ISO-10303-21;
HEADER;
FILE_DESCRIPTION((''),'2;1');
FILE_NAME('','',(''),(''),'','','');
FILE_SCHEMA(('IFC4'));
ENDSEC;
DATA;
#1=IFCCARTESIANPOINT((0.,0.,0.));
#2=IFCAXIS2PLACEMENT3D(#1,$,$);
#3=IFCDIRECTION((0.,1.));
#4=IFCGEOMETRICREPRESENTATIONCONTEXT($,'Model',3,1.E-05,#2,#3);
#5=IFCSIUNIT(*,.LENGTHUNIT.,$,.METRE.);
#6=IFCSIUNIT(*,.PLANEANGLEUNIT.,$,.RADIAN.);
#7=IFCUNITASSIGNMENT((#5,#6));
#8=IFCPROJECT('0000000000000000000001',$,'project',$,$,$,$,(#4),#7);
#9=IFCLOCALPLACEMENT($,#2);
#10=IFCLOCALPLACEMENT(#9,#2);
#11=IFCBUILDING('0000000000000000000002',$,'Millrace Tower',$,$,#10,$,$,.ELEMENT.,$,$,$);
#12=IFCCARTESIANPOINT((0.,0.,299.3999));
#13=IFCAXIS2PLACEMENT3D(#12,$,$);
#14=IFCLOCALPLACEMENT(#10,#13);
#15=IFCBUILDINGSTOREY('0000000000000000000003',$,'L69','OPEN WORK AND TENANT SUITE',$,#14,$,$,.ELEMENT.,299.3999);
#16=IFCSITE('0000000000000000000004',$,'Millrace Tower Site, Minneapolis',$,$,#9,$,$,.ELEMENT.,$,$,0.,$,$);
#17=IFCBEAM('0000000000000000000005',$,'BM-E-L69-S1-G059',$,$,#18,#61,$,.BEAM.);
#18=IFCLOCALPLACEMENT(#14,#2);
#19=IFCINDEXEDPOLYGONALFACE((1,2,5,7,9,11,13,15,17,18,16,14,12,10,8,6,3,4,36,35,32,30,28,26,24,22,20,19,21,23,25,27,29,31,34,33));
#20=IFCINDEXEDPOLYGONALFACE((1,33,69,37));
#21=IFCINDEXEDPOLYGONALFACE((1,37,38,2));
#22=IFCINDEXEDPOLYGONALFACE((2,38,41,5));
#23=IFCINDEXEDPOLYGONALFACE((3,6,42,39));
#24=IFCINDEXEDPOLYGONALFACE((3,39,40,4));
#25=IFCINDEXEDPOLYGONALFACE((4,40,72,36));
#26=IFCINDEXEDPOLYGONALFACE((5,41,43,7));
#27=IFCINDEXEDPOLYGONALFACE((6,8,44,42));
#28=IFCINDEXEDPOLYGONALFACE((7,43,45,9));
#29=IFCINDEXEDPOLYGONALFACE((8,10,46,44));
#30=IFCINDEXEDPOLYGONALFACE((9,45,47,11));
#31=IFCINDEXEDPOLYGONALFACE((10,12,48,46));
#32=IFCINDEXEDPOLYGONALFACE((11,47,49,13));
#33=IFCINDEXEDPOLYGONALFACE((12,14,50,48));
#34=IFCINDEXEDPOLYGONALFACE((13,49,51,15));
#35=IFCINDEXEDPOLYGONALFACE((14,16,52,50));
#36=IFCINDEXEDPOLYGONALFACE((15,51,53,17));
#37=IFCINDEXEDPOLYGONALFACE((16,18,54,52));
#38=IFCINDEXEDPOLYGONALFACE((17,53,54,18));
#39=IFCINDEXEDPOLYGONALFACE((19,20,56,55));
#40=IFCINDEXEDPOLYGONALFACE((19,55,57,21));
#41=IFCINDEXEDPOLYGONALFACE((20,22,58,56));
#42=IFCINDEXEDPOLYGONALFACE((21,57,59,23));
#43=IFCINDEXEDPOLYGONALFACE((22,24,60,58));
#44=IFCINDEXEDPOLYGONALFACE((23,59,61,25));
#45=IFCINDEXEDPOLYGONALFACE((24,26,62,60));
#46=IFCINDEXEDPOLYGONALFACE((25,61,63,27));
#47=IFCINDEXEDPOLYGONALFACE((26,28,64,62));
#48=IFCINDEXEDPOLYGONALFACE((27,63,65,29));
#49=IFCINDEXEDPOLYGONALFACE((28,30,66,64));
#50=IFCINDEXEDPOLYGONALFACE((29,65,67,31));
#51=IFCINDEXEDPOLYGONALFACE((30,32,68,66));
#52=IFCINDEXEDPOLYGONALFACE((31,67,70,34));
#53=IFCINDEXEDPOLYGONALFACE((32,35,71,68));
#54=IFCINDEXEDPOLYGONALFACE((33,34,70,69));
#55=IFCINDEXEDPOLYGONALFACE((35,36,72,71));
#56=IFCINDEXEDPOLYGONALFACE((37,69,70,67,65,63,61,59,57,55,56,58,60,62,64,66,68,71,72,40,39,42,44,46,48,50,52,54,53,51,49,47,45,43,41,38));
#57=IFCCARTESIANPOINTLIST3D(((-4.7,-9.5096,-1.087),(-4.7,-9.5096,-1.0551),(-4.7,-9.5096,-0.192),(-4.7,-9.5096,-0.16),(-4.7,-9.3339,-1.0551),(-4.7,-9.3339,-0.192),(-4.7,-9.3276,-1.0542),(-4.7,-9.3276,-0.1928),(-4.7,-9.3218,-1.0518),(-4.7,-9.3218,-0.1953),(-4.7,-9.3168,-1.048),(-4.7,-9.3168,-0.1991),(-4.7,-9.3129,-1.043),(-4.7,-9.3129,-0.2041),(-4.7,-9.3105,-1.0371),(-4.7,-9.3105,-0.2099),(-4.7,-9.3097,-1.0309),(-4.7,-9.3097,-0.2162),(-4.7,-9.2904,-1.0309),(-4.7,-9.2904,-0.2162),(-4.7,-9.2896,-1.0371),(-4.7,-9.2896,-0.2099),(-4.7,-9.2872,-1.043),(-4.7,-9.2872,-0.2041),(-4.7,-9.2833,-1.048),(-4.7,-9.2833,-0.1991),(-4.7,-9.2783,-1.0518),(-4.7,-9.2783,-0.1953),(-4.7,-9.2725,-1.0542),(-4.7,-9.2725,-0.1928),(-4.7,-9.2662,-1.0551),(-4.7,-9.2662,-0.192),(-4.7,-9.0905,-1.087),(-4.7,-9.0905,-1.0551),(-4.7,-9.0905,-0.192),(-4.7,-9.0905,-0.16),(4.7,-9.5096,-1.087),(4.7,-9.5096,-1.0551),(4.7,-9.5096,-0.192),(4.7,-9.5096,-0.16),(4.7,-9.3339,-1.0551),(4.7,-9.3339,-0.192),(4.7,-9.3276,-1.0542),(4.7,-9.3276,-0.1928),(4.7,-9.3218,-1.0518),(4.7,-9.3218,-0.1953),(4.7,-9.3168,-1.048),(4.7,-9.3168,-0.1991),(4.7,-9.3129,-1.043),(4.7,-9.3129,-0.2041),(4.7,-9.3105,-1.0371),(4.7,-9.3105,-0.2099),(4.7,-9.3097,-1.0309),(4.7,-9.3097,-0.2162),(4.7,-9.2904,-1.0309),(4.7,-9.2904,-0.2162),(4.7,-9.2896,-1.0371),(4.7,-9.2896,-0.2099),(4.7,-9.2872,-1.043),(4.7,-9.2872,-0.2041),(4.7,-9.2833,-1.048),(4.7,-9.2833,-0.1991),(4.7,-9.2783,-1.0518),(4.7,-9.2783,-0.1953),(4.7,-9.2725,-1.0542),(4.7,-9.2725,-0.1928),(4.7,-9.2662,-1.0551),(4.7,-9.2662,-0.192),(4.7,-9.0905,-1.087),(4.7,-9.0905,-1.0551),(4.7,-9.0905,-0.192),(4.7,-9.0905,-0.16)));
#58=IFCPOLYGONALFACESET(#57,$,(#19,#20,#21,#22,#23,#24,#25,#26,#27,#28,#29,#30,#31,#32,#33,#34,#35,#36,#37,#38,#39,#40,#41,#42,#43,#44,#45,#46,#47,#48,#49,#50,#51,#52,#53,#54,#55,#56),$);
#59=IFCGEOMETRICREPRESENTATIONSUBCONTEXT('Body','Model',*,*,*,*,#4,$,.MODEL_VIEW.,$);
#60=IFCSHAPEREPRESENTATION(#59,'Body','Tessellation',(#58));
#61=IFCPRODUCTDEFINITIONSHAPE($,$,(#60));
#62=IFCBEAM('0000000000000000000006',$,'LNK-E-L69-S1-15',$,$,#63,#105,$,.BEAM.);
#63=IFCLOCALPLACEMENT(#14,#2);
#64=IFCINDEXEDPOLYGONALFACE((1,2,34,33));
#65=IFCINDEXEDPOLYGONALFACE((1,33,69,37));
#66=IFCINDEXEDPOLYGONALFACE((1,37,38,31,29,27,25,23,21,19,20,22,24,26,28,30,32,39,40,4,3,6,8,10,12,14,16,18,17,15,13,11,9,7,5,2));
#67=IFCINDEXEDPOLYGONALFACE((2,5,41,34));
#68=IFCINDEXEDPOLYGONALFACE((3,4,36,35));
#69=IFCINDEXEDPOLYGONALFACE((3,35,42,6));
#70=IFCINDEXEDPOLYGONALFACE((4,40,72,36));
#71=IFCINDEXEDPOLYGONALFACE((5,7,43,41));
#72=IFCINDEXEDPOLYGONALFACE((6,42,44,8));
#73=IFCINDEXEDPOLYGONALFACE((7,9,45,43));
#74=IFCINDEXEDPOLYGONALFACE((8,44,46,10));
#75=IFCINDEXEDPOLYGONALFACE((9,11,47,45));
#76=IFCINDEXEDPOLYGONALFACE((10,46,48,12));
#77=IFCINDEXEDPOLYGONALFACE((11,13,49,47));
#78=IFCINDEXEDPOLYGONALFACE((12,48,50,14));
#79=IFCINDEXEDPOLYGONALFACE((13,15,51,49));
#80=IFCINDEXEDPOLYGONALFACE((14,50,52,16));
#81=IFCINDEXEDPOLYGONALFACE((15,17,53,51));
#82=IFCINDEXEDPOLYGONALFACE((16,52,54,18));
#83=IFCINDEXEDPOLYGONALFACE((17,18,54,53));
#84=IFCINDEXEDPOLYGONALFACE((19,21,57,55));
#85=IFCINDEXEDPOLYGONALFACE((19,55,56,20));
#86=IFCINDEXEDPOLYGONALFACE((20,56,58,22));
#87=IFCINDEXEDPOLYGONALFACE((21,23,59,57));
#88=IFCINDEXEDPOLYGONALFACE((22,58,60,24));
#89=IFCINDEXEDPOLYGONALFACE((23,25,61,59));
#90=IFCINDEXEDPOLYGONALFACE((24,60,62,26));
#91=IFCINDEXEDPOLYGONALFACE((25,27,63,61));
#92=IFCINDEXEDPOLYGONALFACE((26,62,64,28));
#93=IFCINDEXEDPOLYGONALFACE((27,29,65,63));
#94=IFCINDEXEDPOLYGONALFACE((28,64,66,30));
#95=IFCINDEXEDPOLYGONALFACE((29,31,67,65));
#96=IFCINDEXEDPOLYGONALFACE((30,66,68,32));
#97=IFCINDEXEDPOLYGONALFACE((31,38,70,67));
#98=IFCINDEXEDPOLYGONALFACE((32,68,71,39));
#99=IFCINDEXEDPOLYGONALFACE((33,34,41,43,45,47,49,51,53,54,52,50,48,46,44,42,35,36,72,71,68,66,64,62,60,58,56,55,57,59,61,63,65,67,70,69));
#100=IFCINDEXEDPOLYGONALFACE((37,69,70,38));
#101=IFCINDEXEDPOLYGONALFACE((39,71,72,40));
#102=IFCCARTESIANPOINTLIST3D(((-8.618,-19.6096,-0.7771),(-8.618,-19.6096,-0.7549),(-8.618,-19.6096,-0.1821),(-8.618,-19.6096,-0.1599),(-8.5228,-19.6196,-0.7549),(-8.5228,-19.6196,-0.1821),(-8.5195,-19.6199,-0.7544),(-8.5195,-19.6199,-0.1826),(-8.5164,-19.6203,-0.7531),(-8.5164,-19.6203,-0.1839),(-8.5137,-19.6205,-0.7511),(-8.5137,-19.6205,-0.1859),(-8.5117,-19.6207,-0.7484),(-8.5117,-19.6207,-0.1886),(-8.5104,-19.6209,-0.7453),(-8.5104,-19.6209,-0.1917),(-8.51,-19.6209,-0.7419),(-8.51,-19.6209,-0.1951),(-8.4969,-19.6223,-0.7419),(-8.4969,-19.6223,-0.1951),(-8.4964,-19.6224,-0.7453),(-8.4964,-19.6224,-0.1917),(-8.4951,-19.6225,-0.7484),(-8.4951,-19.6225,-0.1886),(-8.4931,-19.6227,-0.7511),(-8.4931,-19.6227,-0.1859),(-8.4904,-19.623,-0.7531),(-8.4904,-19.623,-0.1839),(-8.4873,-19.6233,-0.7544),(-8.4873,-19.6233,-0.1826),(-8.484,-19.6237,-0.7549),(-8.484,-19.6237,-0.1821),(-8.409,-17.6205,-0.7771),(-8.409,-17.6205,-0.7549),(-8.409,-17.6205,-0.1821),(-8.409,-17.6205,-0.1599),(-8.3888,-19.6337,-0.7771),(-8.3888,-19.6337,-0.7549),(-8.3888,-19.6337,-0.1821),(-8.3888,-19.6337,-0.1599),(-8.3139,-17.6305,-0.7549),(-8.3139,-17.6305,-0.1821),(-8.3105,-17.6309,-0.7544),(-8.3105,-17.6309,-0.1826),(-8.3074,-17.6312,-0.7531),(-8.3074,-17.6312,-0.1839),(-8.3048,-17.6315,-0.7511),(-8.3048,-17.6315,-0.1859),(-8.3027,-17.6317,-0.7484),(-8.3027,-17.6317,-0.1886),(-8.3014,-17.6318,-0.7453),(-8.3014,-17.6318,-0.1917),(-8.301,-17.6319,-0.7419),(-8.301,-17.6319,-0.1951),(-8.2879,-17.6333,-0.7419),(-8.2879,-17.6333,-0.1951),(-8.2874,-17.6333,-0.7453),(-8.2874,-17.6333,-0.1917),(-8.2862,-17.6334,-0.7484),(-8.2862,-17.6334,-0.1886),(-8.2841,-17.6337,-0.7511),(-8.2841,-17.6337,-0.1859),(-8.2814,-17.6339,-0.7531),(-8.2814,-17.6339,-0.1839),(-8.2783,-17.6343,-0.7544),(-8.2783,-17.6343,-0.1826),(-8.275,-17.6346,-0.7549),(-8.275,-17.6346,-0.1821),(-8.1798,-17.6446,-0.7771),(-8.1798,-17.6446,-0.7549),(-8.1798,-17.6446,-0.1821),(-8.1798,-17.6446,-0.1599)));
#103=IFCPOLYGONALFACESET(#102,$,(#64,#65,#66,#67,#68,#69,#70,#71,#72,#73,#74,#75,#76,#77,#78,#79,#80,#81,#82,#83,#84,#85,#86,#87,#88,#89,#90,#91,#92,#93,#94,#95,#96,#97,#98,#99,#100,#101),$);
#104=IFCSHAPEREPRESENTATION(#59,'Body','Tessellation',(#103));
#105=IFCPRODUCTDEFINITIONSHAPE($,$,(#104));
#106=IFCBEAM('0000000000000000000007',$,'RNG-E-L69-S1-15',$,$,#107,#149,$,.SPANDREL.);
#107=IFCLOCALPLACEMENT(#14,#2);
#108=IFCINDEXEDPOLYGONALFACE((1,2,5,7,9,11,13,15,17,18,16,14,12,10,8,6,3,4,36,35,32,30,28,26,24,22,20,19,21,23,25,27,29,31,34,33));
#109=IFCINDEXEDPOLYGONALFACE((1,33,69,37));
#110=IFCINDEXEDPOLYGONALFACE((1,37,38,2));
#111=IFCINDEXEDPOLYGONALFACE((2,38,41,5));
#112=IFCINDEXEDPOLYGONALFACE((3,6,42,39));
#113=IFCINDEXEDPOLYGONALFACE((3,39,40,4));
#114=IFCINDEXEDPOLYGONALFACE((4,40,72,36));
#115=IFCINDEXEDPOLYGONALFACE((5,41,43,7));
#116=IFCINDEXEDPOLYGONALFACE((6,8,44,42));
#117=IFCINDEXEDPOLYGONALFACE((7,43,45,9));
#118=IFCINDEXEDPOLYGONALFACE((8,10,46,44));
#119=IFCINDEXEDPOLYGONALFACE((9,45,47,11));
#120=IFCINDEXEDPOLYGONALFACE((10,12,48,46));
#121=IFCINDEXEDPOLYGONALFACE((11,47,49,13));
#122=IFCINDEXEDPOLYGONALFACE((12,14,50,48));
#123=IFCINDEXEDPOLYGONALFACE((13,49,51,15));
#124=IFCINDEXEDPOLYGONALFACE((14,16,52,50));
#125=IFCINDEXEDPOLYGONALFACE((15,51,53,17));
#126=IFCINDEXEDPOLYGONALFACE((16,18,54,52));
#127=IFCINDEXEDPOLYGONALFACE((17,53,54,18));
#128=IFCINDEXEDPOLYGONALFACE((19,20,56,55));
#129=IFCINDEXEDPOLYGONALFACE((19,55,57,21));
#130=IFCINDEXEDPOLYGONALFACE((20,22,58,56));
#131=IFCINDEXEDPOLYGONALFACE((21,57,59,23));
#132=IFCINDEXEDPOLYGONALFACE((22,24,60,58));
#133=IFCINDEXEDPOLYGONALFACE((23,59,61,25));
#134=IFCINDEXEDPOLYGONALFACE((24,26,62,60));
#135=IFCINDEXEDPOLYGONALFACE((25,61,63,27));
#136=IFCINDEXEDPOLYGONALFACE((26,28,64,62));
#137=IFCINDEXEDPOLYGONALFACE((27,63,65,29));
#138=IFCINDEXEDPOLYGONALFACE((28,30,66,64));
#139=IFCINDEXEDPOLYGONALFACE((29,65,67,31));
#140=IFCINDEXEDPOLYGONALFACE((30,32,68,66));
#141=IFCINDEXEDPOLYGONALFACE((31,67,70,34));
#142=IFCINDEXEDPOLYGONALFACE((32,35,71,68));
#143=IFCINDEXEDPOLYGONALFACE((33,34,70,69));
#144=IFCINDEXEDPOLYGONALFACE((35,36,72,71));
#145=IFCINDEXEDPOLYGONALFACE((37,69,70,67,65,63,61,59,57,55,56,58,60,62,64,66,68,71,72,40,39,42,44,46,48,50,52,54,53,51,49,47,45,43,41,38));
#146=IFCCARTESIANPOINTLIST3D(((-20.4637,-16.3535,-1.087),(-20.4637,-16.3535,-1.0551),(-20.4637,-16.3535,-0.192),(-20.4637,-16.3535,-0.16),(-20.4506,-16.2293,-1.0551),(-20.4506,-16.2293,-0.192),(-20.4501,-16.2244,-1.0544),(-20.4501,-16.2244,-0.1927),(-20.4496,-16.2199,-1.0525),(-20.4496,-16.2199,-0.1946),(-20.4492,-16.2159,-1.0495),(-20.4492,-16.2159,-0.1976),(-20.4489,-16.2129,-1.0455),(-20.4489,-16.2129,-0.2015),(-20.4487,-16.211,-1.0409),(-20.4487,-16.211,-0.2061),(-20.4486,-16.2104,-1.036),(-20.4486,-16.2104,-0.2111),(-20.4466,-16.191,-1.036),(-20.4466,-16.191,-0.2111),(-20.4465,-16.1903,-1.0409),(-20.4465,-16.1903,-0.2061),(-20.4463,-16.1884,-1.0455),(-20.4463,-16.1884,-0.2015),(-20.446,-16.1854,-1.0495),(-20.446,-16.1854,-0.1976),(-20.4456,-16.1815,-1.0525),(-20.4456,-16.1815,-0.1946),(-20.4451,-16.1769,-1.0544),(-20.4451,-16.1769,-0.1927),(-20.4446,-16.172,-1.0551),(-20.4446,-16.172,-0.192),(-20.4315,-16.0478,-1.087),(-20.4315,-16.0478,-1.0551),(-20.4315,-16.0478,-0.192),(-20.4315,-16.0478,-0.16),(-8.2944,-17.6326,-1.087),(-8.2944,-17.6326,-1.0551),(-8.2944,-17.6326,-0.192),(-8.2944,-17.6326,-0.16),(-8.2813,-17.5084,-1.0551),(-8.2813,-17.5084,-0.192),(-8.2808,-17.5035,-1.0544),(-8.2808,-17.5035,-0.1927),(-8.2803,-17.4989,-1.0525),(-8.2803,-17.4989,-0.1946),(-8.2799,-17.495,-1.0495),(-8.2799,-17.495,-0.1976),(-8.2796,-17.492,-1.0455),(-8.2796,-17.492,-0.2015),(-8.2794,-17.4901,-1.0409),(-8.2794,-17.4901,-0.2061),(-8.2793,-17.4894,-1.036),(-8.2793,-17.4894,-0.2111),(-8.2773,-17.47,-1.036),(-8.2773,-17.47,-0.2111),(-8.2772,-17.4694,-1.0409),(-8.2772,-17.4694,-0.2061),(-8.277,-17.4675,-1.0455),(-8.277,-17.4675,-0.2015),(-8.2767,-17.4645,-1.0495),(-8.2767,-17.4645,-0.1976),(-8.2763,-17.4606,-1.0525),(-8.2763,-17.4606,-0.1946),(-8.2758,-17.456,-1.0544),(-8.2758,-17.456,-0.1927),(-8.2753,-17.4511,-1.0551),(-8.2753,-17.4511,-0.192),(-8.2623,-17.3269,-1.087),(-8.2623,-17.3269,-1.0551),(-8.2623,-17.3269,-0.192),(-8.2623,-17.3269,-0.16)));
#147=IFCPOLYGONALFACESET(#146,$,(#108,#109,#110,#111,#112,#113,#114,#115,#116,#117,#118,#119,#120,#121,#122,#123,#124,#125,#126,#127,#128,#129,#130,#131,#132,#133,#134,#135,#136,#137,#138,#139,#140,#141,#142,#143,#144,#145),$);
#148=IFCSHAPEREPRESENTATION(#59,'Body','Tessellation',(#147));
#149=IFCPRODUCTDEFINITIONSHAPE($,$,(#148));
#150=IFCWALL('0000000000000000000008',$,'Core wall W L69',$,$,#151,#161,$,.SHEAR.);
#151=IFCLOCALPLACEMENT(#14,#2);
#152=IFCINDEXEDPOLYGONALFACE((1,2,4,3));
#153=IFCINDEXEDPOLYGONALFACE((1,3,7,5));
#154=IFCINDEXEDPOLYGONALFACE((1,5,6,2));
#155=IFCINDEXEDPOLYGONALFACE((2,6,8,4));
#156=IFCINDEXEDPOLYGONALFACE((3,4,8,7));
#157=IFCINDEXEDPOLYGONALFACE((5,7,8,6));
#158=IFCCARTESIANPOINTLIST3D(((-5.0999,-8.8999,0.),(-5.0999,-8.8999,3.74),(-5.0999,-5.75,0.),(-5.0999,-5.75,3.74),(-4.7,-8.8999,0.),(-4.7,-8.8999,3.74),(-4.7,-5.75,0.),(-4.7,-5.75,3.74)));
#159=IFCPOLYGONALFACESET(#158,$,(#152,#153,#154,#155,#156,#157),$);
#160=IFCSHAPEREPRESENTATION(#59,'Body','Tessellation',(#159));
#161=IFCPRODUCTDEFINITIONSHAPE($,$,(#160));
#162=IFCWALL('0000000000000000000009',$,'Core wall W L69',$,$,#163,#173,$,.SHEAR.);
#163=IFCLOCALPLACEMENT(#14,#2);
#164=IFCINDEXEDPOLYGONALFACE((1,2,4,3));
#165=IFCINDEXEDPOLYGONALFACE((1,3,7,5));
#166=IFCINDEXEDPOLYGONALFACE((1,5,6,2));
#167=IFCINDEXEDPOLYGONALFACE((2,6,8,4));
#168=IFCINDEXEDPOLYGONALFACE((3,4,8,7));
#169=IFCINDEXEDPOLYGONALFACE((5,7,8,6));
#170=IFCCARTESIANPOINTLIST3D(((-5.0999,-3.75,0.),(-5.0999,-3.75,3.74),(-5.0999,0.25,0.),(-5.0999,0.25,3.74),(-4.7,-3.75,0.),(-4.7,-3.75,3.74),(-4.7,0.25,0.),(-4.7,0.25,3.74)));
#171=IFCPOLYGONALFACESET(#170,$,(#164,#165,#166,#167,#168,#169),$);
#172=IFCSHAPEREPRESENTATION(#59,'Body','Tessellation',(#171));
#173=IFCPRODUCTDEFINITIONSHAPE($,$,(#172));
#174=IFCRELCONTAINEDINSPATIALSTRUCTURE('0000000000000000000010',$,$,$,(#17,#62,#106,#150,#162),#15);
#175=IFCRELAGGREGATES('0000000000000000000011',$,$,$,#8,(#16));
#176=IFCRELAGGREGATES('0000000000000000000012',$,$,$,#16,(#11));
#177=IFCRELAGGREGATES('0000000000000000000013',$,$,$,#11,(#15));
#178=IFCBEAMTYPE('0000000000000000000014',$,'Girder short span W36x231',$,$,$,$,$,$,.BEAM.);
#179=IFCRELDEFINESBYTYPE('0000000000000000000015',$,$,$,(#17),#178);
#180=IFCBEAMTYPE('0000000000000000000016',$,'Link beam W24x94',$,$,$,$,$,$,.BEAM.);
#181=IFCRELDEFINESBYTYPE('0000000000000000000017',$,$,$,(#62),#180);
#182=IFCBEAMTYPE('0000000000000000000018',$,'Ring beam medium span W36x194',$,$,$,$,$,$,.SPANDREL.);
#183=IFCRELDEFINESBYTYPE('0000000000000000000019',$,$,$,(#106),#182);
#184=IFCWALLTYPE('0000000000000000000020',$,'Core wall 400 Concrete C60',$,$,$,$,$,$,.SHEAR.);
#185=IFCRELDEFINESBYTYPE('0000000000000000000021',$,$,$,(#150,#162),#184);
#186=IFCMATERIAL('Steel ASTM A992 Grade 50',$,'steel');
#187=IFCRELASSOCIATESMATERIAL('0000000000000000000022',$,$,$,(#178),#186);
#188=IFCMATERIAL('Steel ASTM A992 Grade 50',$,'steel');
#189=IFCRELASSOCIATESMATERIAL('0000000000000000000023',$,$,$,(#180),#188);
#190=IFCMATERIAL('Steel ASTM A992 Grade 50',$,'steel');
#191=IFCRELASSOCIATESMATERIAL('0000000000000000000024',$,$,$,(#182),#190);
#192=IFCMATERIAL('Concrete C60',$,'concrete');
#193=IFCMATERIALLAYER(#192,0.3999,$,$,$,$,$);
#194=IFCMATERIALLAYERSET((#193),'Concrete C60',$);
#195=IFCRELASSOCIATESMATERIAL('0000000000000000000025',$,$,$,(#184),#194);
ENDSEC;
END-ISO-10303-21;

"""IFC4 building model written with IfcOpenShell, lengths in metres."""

from ifc_helpers import new_model, si_unit, direction, frame, frame_2d, origin, origin_2d, place, context, subcontext, project, spatial, rectangle, i_section, extrude, material, layer, layer_set, material_profile, profile_set, type_object, element, save


model = new_model("IFC4")

# Units and contexts
model_context = context("Model", 3, precision=1e-05, world=origin(), true_north=direction((0.0, 1.0)))
body_context = subcontext(model_context, "Body", "Model", "MODEL_VIEW")
ifc_project = project(units=[si_unit("LENGTHUNIT", "METRE"), si_unit("PLANEANGLEUNIT", "RADIAN")], contexts=[model_context])

# Site, building, storey
site_placement = place(None, origin())
site = spatial("IfcSite", under=ifc_project, at=site_placement, Name="Millrace Tower Site, Minneapolis", CompositionType="ELEMENT", RefElevation=0.0)
building_placement = place(site_placement, origin())
building = spatial("IfcBuilding", under=site, at=building_placement, Name="Millrace Tower", CompositionType="ELEMENT")
storey_placement = place(building_placement, frame((0.0, 0.0, 299.3999)))
storey = spatial("IfcBuildingStorey", under=building, at=storey_placement, Name="L69", Description="OPEN WORK AND TENANT SUITE", CompositionType="ELEMENT", Elevation=299.3999)

# Beams
ifc_material_1 = material(Name="Steel ASTM A992 Grade 50", Category="steel")
ifc_material_profile_1 = material_profile(ifc_material_1, i_section(OverallWidth=0.4192, OverallDepth=0.927, WebThickness=0.0193, FlangeThickness=0.032, FilletRadius=0.0242, at=origin_2d()))
ifc_profile_set_1 = profile_set([ifc_material_profile_1], Name="Steel ASTM A992 Grade 50")
beam_type_1 = type_object("IfcBeamType", Name="Girder short span W36x231", PredefinedType="BEAM", material=ifc_profile_set_1)
beam_1_placement = place(storey_placement, frame((-4.7, -9.3, -0.6235), z_axis=(1.0, 0.0, 0.0), x_axis=(0.0, 1.0, 0.0)))
element("IfcBeam", 1, at=beam_1_placement, inside=storey, type_object=beam_type_1, Name="BM-E-L69-S1-G059", PredefinedType="BEAM", context=body_context, shape_type="SweptSolid", body=[
    extrude(i_section(OverallWidth=0.4192, OverallDepth=0.927, WebThickness=0.0193, FlangeThickness=0.032, FilletRadius=0.0242, at=origin_2d()), origin(), (0.0, 0.0, 1.0), 9.3999),
])
ifc_material_2 = material(Name="Steel ASTM A992 Grade 50", Category="steel")
ifc_material_profile_2 = material_profile(ifc_material_2, i_section(OverallWidth=0.2305, OverallDepth=0.6172, WebThickness=0.0132, FlangeThickness=0.0222, FilletRadius=0.0129, at=origin_2d()))
ifc_profile_set_2 = profile_set([ifc_material_profile_2], Name="Steel ASTM A992 Grade 50")
beam_type_2 = type_object("IfcBeamType", Name="Link beam W24x94", PredefinedType="BEAM", material=ifc_profile_set_2)
beam_2_placement = place(storey_placement, frame((-8.2944, -17.6326, -0.4685), z_axis=(-0.104494, -0.994526, 0.0), x_axis=(0.994526, -0.104494, 0.0)))
element("IfcBeam", 2, at=beam_2_placement, inside=storey, type_object=beam_type_2, Name="LNK-E-L69-S1-15", PredefinedType="BEAM", context=body_context, shape_type="SweptSolid", body=[
    extrude(i_section(OverallWidth=0.2305, OverallDepth=0.6172, WebThickness=0.0132, FlangeThickness=0.0222, FilletRadius=0.0129, at=origin_2d()), origin(), (0.0, 0.0, 1.0), 2.0),
])
ifc_material_3 = material(Name="Steel ASTM A992 Grade 50", Category="steel")
ifc_material_profile_3 = material_profile(ifc_material_3, i_section(OverallWidth=0.3074, OverallDepth=0.927, WebThickness=0.0195, FlangeThickness=0.032, FilletRadius=0.019, at=origin_2d()))
ifc_profile_set_3 = profile_set([ifc_material_profile_3], Name="Steel ASTM A992 Grade 50")
beam_type_3 = type_object("IfcBeamType", Name="Ring beam medium span W36x194", PredefinedType="SPANDREL", material=ifc_profile_set_3)
beam_3_placement = place(storey_placement, frame((-8.2783, -17.4797, -0.6235), z_axis=(-0.994522, 0.10453, 0.0), x_axis=(-0.10453, -0.994522, 0.0)))
element("IfcBeam", 3, at=beam_3_placement, inside=storey, type_object=beam_type_3, Name="RNG-E-L69-S1-15", PredefinedType="SPANDREL", context=body_context, shape_type="SweptSolid", body=[
    extrude(i_section(OverallWidth=0.3074, OverallDepth=0.927, WebThickness=0.0195, FlangeThickness=0.032, FilletRadius=0.019, at=origin_2d()), origin(), (0.0, 0.0, 1.0), 12.2363),
])

# Walls
ifc_material_4 = material(Name="Concrete C60", Category="concrete")
ifc_layer_1 = layer(ifc_material_4, 0.3999)
ifc_layer_set_1 = layer_set([ifc_layer_1], Name="Concrete C60")
wall_type_1 = type_object("IfcWallType", Name="Core wall 400 Concrete C60", PredefinedType="SHEAR", material=ifc_layer_set_1)
wall_1_placement = place(storey_placement, frame((-4.8999, -8.8999, 0.0), z_axis=(0.0, 0.0, 1.0), x_axis=(0.0, 1.0, 0.0)))
element("IfcWall", 4, at=wall_1_placement, inside=storey, type_object=wall_type_1, Name="Core wall W L69", PredefinedType="SHEAR", context=body_context, shape_type="SweptSolid", body=[
    extrude(rectangle(XDim=3.1499, YDim=0.3999, at=frame_2d((1.575, 0.0))), origin(), (0.0, 0.0, 1.0), 3.74),
])
wall_2_placement = place(storey_placement, frame((-4.8999, -3.75, 0.0), z_axis=(0.0, 0.0, 1.0), x_axis=(0.0, 1.0, 0.0)))
element("IfcWall", 5, at=wall_2_placement, inside=storey, type_object=wall_type_1, Name="Core wall W L69", PredefinedType="SHEAR", context=body_context, shape_type="SweptSolid", body=[
    extrude(rectangle(XDim=4.0, YDim=0.3999, at=frame_2d((2.0, 0.0))), origin(), (0.0, 0.0, 1.0), 3.74),
])

save(model, "model.ifc")
